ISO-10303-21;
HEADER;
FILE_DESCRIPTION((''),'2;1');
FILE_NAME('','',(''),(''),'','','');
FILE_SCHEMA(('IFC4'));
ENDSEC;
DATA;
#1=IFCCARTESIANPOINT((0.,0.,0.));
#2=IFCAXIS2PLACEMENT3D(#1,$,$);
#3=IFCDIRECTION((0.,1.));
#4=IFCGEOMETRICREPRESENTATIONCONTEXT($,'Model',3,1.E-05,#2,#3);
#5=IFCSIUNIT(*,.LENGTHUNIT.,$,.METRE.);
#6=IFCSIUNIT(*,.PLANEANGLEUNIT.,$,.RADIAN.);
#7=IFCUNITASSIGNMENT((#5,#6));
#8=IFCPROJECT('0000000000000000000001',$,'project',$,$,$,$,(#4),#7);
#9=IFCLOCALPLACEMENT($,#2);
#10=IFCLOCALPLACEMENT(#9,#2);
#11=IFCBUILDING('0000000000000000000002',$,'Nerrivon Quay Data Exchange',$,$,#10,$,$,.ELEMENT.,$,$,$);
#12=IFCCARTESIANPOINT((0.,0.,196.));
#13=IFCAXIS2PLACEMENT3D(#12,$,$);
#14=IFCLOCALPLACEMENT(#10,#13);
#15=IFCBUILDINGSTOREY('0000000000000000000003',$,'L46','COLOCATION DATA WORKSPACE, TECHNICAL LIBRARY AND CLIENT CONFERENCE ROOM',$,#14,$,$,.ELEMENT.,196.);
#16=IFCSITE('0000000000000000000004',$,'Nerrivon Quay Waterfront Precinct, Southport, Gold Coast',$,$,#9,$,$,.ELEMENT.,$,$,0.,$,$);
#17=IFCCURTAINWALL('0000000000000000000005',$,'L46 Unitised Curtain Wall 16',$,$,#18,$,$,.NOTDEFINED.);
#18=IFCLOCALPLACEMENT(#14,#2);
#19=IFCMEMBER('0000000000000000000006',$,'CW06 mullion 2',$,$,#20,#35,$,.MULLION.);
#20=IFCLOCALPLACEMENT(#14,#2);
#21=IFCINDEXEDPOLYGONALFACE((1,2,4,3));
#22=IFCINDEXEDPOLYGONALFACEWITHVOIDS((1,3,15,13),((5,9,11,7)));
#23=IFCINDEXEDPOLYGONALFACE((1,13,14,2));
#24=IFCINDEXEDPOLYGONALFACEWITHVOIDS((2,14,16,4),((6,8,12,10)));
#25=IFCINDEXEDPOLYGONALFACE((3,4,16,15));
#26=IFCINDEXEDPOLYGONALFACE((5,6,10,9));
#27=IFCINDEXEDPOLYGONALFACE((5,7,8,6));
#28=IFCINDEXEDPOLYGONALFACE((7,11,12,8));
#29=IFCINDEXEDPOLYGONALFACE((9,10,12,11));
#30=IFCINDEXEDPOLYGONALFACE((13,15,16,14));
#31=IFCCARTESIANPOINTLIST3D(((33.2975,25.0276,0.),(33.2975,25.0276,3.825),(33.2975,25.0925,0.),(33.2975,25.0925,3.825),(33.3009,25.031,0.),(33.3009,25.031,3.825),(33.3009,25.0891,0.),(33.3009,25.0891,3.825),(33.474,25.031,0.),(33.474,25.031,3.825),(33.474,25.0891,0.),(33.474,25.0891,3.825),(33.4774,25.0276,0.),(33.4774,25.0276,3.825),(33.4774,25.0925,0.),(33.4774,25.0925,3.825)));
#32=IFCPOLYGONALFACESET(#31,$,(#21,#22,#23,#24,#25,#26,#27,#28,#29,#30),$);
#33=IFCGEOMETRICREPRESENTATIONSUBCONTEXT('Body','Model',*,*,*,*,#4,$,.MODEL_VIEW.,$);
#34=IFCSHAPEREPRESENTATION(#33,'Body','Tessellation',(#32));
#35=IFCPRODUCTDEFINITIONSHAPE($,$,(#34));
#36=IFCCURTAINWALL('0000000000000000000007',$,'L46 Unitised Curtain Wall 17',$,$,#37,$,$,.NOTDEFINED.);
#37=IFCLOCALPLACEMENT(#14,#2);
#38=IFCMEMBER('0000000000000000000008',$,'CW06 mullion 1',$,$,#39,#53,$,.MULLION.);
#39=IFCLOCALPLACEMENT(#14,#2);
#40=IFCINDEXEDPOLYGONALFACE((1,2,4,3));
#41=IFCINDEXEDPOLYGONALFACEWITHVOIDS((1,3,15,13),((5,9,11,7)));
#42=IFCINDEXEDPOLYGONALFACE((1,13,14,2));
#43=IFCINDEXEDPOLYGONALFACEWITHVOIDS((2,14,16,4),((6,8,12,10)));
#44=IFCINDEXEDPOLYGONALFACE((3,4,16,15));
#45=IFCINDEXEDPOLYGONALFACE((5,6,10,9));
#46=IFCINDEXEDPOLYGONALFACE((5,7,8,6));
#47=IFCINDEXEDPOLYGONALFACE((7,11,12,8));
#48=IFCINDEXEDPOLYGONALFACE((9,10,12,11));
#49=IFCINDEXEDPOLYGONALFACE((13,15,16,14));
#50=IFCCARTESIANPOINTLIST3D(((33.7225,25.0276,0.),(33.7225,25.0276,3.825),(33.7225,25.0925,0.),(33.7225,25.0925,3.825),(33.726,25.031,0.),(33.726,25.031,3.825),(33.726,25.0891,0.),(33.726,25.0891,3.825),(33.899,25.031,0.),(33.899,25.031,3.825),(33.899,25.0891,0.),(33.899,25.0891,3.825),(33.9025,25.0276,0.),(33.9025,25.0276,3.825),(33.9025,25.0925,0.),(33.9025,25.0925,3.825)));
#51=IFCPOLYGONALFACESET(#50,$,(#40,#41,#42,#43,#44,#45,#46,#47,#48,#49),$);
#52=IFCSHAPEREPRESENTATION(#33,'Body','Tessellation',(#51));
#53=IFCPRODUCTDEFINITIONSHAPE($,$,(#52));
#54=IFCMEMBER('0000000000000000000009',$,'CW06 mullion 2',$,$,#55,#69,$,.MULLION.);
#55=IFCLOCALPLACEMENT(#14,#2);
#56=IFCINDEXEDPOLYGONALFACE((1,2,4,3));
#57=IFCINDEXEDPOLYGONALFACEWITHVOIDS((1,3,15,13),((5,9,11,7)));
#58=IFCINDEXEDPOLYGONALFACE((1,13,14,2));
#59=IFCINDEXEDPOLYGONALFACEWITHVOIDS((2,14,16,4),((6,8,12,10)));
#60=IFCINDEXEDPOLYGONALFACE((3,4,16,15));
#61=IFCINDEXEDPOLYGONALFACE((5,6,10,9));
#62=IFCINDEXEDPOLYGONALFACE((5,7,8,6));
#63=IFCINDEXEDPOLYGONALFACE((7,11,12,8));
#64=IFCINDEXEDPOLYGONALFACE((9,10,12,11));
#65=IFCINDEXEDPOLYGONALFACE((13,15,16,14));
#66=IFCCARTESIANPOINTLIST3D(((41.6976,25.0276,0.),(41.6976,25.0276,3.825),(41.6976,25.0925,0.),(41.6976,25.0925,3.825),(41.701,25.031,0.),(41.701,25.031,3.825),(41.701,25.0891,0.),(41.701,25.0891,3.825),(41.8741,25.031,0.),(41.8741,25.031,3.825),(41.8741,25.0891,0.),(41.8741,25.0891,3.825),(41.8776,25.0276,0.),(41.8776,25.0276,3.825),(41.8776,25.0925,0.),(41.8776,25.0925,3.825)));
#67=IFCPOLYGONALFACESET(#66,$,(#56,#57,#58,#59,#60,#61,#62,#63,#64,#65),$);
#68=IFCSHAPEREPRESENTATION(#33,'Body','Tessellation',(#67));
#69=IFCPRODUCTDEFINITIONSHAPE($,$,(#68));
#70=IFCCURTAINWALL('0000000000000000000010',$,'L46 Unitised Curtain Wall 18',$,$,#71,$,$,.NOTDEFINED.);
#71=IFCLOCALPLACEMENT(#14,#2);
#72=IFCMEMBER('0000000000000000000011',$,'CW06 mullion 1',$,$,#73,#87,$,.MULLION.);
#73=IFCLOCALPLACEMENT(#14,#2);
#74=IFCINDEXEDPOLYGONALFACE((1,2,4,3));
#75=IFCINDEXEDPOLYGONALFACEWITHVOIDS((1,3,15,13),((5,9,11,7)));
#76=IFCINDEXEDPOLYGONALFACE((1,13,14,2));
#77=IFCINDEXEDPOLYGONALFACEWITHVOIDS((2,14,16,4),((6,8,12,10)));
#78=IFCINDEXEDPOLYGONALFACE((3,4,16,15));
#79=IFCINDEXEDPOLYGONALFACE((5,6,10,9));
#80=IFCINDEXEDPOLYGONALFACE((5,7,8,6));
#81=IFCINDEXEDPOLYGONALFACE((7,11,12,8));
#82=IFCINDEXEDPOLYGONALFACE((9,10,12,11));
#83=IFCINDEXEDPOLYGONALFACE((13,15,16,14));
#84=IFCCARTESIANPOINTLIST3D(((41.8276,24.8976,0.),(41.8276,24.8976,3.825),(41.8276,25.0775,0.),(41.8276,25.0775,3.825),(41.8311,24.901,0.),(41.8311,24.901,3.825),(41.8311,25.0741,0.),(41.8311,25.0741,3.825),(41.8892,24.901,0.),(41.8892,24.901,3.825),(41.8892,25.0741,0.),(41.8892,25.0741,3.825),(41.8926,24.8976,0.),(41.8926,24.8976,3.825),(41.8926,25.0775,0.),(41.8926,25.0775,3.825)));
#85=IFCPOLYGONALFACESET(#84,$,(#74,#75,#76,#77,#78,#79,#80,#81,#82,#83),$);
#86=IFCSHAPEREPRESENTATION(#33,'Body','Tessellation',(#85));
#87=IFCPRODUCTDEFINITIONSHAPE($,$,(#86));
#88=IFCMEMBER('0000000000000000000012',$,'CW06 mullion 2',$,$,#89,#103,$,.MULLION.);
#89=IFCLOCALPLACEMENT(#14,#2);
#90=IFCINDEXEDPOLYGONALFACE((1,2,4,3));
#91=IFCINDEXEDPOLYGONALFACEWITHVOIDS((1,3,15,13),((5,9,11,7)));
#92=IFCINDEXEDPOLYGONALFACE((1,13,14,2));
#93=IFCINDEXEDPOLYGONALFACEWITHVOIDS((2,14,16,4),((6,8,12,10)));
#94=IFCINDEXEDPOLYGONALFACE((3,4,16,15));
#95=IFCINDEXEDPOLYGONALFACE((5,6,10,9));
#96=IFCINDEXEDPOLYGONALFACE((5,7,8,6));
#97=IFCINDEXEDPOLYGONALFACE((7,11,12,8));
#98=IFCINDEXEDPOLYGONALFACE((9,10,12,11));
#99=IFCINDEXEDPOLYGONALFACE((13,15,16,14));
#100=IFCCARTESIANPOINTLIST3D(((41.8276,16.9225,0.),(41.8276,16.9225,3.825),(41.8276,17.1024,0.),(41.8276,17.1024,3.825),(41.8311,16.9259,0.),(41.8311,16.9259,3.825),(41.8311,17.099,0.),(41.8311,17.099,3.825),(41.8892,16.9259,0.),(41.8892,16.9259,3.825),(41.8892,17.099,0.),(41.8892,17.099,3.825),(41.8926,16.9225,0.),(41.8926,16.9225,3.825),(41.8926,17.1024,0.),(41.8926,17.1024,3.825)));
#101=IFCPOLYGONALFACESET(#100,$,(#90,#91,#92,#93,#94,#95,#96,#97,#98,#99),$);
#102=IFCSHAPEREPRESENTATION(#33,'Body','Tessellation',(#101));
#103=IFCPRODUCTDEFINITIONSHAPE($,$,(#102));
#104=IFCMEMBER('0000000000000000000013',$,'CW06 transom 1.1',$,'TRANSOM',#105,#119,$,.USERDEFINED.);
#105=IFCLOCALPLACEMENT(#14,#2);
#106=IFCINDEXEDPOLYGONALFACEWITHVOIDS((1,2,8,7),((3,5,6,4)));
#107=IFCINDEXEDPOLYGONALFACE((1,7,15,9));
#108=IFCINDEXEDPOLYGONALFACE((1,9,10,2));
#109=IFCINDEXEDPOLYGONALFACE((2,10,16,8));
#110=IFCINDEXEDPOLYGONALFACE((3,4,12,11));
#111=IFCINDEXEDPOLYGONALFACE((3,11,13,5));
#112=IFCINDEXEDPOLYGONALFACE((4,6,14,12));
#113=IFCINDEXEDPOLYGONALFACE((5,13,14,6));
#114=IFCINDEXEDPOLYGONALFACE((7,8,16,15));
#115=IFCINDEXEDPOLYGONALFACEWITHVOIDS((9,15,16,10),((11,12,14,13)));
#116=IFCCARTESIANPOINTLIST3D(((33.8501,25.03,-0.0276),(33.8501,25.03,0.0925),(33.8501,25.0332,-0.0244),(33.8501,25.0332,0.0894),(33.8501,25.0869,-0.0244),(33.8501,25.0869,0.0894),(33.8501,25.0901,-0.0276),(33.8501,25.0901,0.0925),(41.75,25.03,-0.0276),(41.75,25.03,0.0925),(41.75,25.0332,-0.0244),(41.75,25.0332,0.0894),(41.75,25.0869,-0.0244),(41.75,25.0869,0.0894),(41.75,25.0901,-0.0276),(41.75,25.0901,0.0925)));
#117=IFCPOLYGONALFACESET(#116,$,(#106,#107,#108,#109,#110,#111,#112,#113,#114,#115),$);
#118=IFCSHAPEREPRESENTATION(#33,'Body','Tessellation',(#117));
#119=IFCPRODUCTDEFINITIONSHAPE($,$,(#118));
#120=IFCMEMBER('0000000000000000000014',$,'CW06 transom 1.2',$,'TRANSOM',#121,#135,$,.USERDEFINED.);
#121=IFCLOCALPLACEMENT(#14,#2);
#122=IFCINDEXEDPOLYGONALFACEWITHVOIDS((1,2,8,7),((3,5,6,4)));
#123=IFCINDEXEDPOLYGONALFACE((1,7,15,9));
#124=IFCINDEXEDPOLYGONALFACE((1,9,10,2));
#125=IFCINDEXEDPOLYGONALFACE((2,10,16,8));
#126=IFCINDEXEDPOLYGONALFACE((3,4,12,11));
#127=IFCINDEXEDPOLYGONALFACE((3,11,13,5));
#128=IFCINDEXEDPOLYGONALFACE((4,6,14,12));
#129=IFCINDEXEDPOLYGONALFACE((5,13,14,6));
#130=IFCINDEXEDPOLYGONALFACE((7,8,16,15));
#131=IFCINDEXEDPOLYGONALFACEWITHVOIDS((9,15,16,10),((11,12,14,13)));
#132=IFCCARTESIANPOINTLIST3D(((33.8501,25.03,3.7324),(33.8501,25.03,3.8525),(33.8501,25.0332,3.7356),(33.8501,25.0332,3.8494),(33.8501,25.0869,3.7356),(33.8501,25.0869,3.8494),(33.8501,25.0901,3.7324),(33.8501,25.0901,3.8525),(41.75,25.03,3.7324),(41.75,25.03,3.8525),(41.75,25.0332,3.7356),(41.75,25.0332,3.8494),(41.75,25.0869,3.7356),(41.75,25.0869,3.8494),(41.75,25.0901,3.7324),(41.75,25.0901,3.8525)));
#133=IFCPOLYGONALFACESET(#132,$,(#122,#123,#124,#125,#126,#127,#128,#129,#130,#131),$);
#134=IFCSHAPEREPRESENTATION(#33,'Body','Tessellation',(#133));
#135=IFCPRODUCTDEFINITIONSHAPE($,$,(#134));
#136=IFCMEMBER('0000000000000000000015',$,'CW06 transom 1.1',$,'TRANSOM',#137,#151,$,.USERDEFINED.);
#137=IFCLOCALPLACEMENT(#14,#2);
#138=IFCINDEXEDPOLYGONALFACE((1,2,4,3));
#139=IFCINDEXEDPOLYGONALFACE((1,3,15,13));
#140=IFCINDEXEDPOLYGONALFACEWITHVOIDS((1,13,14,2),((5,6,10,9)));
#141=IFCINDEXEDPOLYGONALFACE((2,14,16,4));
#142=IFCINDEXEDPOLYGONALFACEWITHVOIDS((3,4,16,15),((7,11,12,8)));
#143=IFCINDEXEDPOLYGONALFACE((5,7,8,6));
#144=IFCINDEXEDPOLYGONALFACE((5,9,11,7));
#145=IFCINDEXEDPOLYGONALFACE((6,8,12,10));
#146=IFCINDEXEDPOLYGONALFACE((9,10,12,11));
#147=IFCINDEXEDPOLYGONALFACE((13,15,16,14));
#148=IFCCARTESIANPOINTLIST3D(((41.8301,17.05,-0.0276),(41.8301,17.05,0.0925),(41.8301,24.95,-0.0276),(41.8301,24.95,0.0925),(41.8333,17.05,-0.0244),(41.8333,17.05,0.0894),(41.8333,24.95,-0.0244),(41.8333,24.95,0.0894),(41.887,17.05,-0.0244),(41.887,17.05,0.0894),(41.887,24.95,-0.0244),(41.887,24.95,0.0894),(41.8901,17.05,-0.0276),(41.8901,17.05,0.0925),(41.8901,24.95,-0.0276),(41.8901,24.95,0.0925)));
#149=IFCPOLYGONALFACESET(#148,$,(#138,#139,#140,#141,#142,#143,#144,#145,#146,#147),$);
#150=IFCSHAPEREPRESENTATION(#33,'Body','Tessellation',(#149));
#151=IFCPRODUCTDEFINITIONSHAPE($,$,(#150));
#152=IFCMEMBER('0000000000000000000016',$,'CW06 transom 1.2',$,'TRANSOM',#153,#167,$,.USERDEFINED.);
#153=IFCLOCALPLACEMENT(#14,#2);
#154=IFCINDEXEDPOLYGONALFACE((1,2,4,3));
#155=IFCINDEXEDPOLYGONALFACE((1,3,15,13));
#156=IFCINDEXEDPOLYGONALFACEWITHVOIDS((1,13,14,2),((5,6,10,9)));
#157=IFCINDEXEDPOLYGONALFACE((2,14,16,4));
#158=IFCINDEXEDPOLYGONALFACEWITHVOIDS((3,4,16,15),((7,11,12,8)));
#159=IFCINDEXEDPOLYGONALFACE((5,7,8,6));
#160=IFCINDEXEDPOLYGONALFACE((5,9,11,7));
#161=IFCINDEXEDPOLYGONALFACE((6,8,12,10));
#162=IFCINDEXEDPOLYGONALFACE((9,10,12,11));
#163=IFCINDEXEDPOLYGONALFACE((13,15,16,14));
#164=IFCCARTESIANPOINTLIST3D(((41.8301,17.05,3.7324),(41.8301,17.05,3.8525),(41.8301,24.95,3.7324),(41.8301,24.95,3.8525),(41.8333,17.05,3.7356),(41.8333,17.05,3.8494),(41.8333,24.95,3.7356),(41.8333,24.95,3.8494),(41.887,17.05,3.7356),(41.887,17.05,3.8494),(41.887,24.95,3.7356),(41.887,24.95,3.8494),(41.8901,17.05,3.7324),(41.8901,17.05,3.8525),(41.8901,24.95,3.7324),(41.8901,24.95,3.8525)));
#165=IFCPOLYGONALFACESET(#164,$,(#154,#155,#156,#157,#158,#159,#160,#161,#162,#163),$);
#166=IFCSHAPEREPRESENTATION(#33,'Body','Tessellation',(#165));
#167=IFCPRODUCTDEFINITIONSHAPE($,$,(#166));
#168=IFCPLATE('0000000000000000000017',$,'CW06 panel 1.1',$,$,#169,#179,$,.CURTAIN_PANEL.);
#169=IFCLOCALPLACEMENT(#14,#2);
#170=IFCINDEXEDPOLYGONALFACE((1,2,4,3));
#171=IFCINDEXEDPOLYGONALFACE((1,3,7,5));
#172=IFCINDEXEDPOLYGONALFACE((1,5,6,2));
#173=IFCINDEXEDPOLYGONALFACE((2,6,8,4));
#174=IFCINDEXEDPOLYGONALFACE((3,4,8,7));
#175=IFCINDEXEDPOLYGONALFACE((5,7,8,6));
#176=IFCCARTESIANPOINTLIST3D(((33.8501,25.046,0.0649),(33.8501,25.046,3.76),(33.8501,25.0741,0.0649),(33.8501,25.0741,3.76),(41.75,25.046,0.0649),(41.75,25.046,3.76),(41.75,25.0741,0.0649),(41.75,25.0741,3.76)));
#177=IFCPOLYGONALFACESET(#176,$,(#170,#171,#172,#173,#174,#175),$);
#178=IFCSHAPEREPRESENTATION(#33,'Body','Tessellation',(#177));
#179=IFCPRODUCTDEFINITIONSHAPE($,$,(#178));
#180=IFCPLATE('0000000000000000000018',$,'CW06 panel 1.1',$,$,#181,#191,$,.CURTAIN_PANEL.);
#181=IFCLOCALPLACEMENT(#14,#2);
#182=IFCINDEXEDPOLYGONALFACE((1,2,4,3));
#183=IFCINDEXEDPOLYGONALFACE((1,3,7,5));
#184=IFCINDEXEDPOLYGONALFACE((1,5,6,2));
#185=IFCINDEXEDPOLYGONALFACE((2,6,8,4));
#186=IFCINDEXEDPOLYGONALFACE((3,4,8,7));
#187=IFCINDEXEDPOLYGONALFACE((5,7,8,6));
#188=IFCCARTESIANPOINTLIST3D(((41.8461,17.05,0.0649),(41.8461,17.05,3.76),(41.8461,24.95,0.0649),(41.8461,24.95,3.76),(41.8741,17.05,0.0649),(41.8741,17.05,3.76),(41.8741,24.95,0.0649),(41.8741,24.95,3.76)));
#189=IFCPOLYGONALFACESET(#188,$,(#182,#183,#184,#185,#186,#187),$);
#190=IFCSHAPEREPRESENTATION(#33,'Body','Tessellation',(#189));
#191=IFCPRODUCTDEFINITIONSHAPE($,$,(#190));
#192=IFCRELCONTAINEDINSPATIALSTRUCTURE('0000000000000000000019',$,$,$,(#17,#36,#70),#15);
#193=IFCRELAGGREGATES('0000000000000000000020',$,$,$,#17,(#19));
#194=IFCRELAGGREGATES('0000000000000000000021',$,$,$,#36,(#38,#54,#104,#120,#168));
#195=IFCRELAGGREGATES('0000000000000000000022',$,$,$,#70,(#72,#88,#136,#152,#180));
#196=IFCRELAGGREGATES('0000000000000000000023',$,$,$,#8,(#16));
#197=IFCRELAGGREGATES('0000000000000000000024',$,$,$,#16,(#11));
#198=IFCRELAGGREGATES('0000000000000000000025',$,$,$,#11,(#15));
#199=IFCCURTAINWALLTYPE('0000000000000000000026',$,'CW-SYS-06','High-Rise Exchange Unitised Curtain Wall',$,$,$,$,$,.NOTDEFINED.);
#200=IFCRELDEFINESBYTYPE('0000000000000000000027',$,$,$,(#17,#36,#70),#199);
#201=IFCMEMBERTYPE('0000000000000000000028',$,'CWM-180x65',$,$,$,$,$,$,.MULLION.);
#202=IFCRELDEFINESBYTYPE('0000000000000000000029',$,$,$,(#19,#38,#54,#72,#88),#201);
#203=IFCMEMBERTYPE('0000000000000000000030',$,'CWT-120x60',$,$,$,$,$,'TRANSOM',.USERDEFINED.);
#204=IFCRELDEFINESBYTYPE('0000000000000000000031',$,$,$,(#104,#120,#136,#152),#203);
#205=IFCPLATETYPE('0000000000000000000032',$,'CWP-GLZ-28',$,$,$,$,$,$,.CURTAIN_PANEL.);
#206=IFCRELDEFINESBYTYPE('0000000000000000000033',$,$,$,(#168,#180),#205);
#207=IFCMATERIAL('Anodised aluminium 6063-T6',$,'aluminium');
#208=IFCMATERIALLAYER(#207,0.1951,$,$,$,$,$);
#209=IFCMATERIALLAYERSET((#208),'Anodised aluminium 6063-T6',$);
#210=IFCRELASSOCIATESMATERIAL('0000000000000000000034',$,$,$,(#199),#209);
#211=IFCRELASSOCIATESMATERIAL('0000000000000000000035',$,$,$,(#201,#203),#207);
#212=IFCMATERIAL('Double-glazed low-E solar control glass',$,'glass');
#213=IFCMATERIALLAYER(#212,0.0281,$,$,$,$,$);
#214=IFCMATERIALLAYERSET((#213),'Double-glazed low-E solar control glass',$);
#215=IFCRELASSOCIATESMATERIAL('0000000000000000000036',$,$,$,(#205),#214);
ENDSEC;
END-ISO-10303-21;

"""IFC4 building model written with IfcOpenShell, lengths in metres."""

from ifc_helpers import new_model, si_unit, direction, frame, origin, origin_2d, place, context, subcontext, project, spatial, rectangle, hollow_rectangle, extrude, material, layer, layer_set, material_profile, profile_set, type_object, element, aggregate, save


model = new_model("IFC4")

# Units and contexts
model_context = context("Model", 3, precision=1e-05, world=origin(), true_north=direction((0.0, 1.0)))
body_context = subcontext(model_context, "Body", "Model", "MODEL_VIEW")
ifc_project = project(units=[si_unit("LENGTHUNIT", "METRE"), si_unit("PLANEANGLEUNIT", "RADIAN")], contexts=[model_context])

# Site, building, storey
site_placement = place(None, origin())
site = spatial("IfcSite", under=ifc_project, at=site_placement, Name="Nerrivon Quay Waterfront Precinct, Southport, Gold Coast", CompositionType="ELEMENT", RefElevation=0.0)
building_placement = place(site_placement, origin())
building = spatial("IfcBuilding", under=site, at=building_placement, Name="Nerrivon Quay Data Exchange", CompositionType="ELEMENT")
storey_placement = place(building_placement, frame((0.0, 0.0, 196.0)))
storey = spatial("IfcBuildingStorey", under=building, at=storey_placement, Name="L46", Description="COLOCATION DATA WORKSPACE, TECHNICAL LIBRARY AND CLIENT CONFERENCE ROOM", CompositionType="ELEMENT", Elevation=196.0)

# Curtain wall, member
ifc_material_1 = material(Name="Anodised aluminium 6063-T6", Category="aluminium")
ifc_layer_1 = layer(ifc_material_1, 0.1951)
ifc_layer_set_1 = layer_set([ifc_layer_1], Name="Anodised aluminium 6063-T6")
curtain_wall_type = type_object("IfcCurtainWallType", Name="CW-SYS-06", Description="High-Rise Exchange Unitised Curtain Wall", PredefinedType="NOTDEFINED", material=ifc_layer_set_1)
curtain_wall_1_placement = place(storey_placement, origin())
curtain_wall_1 = element("IfcCurtainWall", 1, at=curtain_wall_1_placement, inside=storey, type_object=curtain_wall_type, Name="L46 Unitised Curtain Wall 16", PredefinedType="NOTDEFINED")
ifc_material_profile_1 = material_profile(ifc_material_1, hollow_rectangle(XDim=0.0649, YDim=0.1799, WallThickness=0.0034, at=origin_2d()), Name="ALU-MULL-180x65")
ifc_profile_set_1 = profile_set([ifc_material_profile_1], Name="Anodised aluminium 6063-T6")
member_type_1 = type_object("IfcMemberType", Name="CWM-180x65", PredefinedType="MULLION", material=ifc_profile_set_1)
member_1_placement = place(storey_placement, frame((33.3875, 25.0601, 0.0), z_axis=(0.0, 0.0, 1.0), x_axis=(0.0, 1.0, 0.0)))
member_1 = element("IfcMember", 2, at=member_1_placement, type_object=member_type_1, Name="CW06 mullion 2", PredefinedType="MULLION", context=body_context, shape_type="SweptSolid", body=[
    extrude(hollow_rectangle(XDim=0.0649, YDim=0.1799, WallThickness=0.0034, at=origin_2d()), origin(), (0.0, 0.0, 1.0), 3.825),
])
aggregate(curtain_wall_1, [member_1])

# Curtain walls, members
curtain_wall_2_placement = place(storey_placement, origin())
curtain_wall_2 = element("IfcCurtainWall", 3, at=curtain_wall_2_placement, inside=storey, type_object=curtain_wall_type, Name="L46 Unitised Curtain Wall 17", PredefinedType="NOTDEFINED")
member_2_placement = place(storey_placement, frame((33.8125, 25.0601, 0.0), z_axis=(0.0, 0.0, 1.0), x_axis=(0.0, 1.0, 0.0)))
member_2 = element("IfcMember", 4, at=member_2_placement, type_object=member_type_1, Name="CW06 mullion 1", PredefinedType="MULLION", context=body_context, shape_type="SweptSolid", body=[
    extrude(hollow_rectangle(XDim=0.0649, YDim=0.1799, WallThickness=0.0034, at=origin_2d()), origin(), (0.0, 0.0, 1.0), 3.825),
])
member_3_placement = place(storey_placement, frame((41.7876, 25.0601, 0.0), z_axis=(0.0, 0.0, 1.0), x_axis=(0.0, 1.0, 0.0)))
member_3 = element("IfcMember", 5, at=member_3_placement, type_object=member_type_1, Name="CW06 mullion 2", PredefinedType="MULLION", context=body_context, shape_type="SweptSolid", body=[
    extrude(hollow_rectangle(XDim=0.0649, YDim=0.1799, WallThickness=0.0034, at=origin_2d()), origin(), (0.0, 0.0, 1.0), 3.825),
])
curtain_wall_3_placement = place(storey_placement, origin())
curtain_wall_3 = element("IfcCurtainWall", 6, at=curtain_wall_3_placement, inside=storey, type_object=curtain_wall_type, Name="L46 Unitised Curtain Wall 18", PredefinedType="NOTDEFINED")
member_4_placement = place(storey_placement, frame((41.8601, 24.9875, 0.0), z_axis=(0.0, 0.0, 1.0), x_axis=(1.0, 0.0, 0.0)))
member_4 = element("IfcMember", 7, at=member_4_placement, type_object=member_type_1, Name="CW06 mullion 1", PredefinedType="MULLION", context=body_context, shape_type="SweptSolid", body=[
    extrude(hollow_rectangle(XDim=0.0649, YDim=0.1799, WallThickness=0.0034, at=origin_2d()), origin(), (0.0, 0.0, 1.0), 3.825),
])
member_5_placement = place(storey_placement, frame((41.8601, 17.0125, 0.0), z_axis=(0.0, 0.0, 1.0), x_axis=(1.0, 0.0, 0.0)))
member_5 = element("IfcMember", 8, at=member_5_placement, type_object=member_type_1, Name="CW06 mullion 2", PredefinedType="MULLION", context=body_context, shape_type="SweptSolid", body=[
    extrude(hollow_rectangle(XDim=0.0649, YDim=0.1799, WallThickness=0.0034, at=origin_2d()), origin(), (0.0, 0.0, 1.0), 3.825),
])

# Members
ifc_material_profile_2 = material_profile(ifc_material_1, hollow_rectangle(XDim=0.0601, YDim=0.1201, WallThickness=0.0032, at=origin_2d()), Name="ALU-TRAN-120x60")
ifc_profile_set_2 = profile_set([ifc_material_profile_2], Name="Anodised aluminium 6063-T6")
member_type_2 = type_object("IfcMemberType", Name="CWT-120x60", ElementType="TRANSOM", PredefinedType="USERDEFINED", material=ifc_profile_set_2)
member_6_placement = place(storey_placement, frame((33.8501, 25.0601, 0.0325), z_axis=(1.0, 0.0, 0.0), x_axis=(0.0, 1.0, 0.0)))
member_6 = element("IfcMember", 9, at=member_6_placement, type_object=member_type_2, Name="CW06 transom 1.1", ObjectType="TRANSOM", PredefinedType="USERDEFINED", context=body_context, shape_type="SweptSolid", body=[
    extrude(hollow_rectangle(XDim=0.0601, YDim=0.1201, WallThickness=0.0032, at=origin_2d()), origin(), (0.0, 0.0, 1.0), 7.8999),
])
member_7_placement = place(storey_placement, frame((33.8501, 25.0601, 3.7925), z_axis=(1.0, 0.0, 0.0), x_axis=(0.0, 1.0, 0.0)))
member_7 = element("IfcMember", 10, at=member_7_placement, type_object=member_type_2, Name="CW06 transom 1.2", ObjectType="TRANSOM", PredefinedType="USERDEFINED", context=body_context, shape_type="SweptSolid", body=[
    extrude(hollow_rectangle(XDim=0.0601, YDim=0.1201, WallThickness=0.0032, at=origin_2d()), origin(), (0.0, 0.0, 1.0), 7.8999),
])
member_8_placement = place(storey_placement, frame((41.8601, 24.95, 0.0325), z_axis=(0.0, -1.0, 0.0), x_axis=(1.0, 0.0, 0.0)))
member_8 = element("IfcMember", 11, at=member_8_placement, type_object=member_type_2, Name="CW06 transom 1.1", ObjectType="TRANSOM", PredefinedType="USERDEFINED", context=body_context, shape_type="SweptSolid", body=[
    extrude(hollow_rectangle(XDim=0.0601, YDim=0.1201, WallThickness=0.0032, at=origin_2d()), origin(), (0.0, 0.0, 1.0), 7.8999),
])
member_9_placement = place(storey_placement, frame((41.8601, 24.95, 3.7925), z_axis=(0.0, -1.0, 0.0), x_axis=(1.0, 0.0, 0.0)))
member_9 = element("IfcMember", 12, at=member_9_placement, type_object=member_type_2, Name="CW06 transom 1.2", ObjectType="TRANSOM", PredefinedType="USERDEFINED", context=body_context, shape_type="SweptSolid", body=[
    extrude(hollow_rectangle(XDim=0.0601, YDim=0.1201, WallThickness=0.0032, at=origin_2d()), origin(), (0.0, 0.0, 1.0), 7.8999),
])

# Plates
ifc_material_2 = material(Name="Double-glazed low-E solar control glass", Category="glass")
ifc_layer_2 = layer(ifc_material_2, 0.0281)
ifc_layer_set_2 = layer_set([ifc_layer_2], Name="Double-glazed low-E solar control glass")
plate_type = type_object("IfcPlateType", Name="CWP-GLZ-28", PredefinedType="CURTAIN_PANEL", material=ifc_layer_set_2)
plate_1_placement = place(storey_placement, frame((37.8, 25.0601, 0.0649), z_axis=(0.0, 0.0, 1.0), x_axis=(1.0, 0.0, 0.0)))
plate_1 = element("IfcPlate", 13, at=plate_1_placement, type_object=plate_type, Name="CW06 panel 1.1", PredefinedType="CURTAIN_PANEL", context=body_context, shape_type="SweptSolid", body=[
    extrude(rectangle(XDim=7.8999, YDim=0.0281, at=origin_2d()), origin(), (0.0, 0.0, 1.0), 3.6951),
])
aggregate(curtain_wall_2, [member_2, member_3, member_6, member_7, plate_1])
plate_2_placement = place(storey_placement, frame((41.8601, 21.0, 0.0649), z_axis=(0.0, 0.0, 1.0), x_axis=(0.0, -1.0, 0.0)))
plate_2 = element("IfcPlate", 14, at=plate_2_placement, type_object=plate_type, Name="CW06 panel 1.1", PredefinedType="CURTAIN_PANEL", context=body_context, shape_type="SweptSolid", body=[
    extrude(rectangle(XDim=7.8999, YDim=0.0281, at=origin_2d()), origin(), (0.0, 0.0, 1.0), 3.6951),
])
aggregate(curtain_wall_3, [member_4, member_5, member_8, member_9, plate_2])

save(model, "model.ifc")
